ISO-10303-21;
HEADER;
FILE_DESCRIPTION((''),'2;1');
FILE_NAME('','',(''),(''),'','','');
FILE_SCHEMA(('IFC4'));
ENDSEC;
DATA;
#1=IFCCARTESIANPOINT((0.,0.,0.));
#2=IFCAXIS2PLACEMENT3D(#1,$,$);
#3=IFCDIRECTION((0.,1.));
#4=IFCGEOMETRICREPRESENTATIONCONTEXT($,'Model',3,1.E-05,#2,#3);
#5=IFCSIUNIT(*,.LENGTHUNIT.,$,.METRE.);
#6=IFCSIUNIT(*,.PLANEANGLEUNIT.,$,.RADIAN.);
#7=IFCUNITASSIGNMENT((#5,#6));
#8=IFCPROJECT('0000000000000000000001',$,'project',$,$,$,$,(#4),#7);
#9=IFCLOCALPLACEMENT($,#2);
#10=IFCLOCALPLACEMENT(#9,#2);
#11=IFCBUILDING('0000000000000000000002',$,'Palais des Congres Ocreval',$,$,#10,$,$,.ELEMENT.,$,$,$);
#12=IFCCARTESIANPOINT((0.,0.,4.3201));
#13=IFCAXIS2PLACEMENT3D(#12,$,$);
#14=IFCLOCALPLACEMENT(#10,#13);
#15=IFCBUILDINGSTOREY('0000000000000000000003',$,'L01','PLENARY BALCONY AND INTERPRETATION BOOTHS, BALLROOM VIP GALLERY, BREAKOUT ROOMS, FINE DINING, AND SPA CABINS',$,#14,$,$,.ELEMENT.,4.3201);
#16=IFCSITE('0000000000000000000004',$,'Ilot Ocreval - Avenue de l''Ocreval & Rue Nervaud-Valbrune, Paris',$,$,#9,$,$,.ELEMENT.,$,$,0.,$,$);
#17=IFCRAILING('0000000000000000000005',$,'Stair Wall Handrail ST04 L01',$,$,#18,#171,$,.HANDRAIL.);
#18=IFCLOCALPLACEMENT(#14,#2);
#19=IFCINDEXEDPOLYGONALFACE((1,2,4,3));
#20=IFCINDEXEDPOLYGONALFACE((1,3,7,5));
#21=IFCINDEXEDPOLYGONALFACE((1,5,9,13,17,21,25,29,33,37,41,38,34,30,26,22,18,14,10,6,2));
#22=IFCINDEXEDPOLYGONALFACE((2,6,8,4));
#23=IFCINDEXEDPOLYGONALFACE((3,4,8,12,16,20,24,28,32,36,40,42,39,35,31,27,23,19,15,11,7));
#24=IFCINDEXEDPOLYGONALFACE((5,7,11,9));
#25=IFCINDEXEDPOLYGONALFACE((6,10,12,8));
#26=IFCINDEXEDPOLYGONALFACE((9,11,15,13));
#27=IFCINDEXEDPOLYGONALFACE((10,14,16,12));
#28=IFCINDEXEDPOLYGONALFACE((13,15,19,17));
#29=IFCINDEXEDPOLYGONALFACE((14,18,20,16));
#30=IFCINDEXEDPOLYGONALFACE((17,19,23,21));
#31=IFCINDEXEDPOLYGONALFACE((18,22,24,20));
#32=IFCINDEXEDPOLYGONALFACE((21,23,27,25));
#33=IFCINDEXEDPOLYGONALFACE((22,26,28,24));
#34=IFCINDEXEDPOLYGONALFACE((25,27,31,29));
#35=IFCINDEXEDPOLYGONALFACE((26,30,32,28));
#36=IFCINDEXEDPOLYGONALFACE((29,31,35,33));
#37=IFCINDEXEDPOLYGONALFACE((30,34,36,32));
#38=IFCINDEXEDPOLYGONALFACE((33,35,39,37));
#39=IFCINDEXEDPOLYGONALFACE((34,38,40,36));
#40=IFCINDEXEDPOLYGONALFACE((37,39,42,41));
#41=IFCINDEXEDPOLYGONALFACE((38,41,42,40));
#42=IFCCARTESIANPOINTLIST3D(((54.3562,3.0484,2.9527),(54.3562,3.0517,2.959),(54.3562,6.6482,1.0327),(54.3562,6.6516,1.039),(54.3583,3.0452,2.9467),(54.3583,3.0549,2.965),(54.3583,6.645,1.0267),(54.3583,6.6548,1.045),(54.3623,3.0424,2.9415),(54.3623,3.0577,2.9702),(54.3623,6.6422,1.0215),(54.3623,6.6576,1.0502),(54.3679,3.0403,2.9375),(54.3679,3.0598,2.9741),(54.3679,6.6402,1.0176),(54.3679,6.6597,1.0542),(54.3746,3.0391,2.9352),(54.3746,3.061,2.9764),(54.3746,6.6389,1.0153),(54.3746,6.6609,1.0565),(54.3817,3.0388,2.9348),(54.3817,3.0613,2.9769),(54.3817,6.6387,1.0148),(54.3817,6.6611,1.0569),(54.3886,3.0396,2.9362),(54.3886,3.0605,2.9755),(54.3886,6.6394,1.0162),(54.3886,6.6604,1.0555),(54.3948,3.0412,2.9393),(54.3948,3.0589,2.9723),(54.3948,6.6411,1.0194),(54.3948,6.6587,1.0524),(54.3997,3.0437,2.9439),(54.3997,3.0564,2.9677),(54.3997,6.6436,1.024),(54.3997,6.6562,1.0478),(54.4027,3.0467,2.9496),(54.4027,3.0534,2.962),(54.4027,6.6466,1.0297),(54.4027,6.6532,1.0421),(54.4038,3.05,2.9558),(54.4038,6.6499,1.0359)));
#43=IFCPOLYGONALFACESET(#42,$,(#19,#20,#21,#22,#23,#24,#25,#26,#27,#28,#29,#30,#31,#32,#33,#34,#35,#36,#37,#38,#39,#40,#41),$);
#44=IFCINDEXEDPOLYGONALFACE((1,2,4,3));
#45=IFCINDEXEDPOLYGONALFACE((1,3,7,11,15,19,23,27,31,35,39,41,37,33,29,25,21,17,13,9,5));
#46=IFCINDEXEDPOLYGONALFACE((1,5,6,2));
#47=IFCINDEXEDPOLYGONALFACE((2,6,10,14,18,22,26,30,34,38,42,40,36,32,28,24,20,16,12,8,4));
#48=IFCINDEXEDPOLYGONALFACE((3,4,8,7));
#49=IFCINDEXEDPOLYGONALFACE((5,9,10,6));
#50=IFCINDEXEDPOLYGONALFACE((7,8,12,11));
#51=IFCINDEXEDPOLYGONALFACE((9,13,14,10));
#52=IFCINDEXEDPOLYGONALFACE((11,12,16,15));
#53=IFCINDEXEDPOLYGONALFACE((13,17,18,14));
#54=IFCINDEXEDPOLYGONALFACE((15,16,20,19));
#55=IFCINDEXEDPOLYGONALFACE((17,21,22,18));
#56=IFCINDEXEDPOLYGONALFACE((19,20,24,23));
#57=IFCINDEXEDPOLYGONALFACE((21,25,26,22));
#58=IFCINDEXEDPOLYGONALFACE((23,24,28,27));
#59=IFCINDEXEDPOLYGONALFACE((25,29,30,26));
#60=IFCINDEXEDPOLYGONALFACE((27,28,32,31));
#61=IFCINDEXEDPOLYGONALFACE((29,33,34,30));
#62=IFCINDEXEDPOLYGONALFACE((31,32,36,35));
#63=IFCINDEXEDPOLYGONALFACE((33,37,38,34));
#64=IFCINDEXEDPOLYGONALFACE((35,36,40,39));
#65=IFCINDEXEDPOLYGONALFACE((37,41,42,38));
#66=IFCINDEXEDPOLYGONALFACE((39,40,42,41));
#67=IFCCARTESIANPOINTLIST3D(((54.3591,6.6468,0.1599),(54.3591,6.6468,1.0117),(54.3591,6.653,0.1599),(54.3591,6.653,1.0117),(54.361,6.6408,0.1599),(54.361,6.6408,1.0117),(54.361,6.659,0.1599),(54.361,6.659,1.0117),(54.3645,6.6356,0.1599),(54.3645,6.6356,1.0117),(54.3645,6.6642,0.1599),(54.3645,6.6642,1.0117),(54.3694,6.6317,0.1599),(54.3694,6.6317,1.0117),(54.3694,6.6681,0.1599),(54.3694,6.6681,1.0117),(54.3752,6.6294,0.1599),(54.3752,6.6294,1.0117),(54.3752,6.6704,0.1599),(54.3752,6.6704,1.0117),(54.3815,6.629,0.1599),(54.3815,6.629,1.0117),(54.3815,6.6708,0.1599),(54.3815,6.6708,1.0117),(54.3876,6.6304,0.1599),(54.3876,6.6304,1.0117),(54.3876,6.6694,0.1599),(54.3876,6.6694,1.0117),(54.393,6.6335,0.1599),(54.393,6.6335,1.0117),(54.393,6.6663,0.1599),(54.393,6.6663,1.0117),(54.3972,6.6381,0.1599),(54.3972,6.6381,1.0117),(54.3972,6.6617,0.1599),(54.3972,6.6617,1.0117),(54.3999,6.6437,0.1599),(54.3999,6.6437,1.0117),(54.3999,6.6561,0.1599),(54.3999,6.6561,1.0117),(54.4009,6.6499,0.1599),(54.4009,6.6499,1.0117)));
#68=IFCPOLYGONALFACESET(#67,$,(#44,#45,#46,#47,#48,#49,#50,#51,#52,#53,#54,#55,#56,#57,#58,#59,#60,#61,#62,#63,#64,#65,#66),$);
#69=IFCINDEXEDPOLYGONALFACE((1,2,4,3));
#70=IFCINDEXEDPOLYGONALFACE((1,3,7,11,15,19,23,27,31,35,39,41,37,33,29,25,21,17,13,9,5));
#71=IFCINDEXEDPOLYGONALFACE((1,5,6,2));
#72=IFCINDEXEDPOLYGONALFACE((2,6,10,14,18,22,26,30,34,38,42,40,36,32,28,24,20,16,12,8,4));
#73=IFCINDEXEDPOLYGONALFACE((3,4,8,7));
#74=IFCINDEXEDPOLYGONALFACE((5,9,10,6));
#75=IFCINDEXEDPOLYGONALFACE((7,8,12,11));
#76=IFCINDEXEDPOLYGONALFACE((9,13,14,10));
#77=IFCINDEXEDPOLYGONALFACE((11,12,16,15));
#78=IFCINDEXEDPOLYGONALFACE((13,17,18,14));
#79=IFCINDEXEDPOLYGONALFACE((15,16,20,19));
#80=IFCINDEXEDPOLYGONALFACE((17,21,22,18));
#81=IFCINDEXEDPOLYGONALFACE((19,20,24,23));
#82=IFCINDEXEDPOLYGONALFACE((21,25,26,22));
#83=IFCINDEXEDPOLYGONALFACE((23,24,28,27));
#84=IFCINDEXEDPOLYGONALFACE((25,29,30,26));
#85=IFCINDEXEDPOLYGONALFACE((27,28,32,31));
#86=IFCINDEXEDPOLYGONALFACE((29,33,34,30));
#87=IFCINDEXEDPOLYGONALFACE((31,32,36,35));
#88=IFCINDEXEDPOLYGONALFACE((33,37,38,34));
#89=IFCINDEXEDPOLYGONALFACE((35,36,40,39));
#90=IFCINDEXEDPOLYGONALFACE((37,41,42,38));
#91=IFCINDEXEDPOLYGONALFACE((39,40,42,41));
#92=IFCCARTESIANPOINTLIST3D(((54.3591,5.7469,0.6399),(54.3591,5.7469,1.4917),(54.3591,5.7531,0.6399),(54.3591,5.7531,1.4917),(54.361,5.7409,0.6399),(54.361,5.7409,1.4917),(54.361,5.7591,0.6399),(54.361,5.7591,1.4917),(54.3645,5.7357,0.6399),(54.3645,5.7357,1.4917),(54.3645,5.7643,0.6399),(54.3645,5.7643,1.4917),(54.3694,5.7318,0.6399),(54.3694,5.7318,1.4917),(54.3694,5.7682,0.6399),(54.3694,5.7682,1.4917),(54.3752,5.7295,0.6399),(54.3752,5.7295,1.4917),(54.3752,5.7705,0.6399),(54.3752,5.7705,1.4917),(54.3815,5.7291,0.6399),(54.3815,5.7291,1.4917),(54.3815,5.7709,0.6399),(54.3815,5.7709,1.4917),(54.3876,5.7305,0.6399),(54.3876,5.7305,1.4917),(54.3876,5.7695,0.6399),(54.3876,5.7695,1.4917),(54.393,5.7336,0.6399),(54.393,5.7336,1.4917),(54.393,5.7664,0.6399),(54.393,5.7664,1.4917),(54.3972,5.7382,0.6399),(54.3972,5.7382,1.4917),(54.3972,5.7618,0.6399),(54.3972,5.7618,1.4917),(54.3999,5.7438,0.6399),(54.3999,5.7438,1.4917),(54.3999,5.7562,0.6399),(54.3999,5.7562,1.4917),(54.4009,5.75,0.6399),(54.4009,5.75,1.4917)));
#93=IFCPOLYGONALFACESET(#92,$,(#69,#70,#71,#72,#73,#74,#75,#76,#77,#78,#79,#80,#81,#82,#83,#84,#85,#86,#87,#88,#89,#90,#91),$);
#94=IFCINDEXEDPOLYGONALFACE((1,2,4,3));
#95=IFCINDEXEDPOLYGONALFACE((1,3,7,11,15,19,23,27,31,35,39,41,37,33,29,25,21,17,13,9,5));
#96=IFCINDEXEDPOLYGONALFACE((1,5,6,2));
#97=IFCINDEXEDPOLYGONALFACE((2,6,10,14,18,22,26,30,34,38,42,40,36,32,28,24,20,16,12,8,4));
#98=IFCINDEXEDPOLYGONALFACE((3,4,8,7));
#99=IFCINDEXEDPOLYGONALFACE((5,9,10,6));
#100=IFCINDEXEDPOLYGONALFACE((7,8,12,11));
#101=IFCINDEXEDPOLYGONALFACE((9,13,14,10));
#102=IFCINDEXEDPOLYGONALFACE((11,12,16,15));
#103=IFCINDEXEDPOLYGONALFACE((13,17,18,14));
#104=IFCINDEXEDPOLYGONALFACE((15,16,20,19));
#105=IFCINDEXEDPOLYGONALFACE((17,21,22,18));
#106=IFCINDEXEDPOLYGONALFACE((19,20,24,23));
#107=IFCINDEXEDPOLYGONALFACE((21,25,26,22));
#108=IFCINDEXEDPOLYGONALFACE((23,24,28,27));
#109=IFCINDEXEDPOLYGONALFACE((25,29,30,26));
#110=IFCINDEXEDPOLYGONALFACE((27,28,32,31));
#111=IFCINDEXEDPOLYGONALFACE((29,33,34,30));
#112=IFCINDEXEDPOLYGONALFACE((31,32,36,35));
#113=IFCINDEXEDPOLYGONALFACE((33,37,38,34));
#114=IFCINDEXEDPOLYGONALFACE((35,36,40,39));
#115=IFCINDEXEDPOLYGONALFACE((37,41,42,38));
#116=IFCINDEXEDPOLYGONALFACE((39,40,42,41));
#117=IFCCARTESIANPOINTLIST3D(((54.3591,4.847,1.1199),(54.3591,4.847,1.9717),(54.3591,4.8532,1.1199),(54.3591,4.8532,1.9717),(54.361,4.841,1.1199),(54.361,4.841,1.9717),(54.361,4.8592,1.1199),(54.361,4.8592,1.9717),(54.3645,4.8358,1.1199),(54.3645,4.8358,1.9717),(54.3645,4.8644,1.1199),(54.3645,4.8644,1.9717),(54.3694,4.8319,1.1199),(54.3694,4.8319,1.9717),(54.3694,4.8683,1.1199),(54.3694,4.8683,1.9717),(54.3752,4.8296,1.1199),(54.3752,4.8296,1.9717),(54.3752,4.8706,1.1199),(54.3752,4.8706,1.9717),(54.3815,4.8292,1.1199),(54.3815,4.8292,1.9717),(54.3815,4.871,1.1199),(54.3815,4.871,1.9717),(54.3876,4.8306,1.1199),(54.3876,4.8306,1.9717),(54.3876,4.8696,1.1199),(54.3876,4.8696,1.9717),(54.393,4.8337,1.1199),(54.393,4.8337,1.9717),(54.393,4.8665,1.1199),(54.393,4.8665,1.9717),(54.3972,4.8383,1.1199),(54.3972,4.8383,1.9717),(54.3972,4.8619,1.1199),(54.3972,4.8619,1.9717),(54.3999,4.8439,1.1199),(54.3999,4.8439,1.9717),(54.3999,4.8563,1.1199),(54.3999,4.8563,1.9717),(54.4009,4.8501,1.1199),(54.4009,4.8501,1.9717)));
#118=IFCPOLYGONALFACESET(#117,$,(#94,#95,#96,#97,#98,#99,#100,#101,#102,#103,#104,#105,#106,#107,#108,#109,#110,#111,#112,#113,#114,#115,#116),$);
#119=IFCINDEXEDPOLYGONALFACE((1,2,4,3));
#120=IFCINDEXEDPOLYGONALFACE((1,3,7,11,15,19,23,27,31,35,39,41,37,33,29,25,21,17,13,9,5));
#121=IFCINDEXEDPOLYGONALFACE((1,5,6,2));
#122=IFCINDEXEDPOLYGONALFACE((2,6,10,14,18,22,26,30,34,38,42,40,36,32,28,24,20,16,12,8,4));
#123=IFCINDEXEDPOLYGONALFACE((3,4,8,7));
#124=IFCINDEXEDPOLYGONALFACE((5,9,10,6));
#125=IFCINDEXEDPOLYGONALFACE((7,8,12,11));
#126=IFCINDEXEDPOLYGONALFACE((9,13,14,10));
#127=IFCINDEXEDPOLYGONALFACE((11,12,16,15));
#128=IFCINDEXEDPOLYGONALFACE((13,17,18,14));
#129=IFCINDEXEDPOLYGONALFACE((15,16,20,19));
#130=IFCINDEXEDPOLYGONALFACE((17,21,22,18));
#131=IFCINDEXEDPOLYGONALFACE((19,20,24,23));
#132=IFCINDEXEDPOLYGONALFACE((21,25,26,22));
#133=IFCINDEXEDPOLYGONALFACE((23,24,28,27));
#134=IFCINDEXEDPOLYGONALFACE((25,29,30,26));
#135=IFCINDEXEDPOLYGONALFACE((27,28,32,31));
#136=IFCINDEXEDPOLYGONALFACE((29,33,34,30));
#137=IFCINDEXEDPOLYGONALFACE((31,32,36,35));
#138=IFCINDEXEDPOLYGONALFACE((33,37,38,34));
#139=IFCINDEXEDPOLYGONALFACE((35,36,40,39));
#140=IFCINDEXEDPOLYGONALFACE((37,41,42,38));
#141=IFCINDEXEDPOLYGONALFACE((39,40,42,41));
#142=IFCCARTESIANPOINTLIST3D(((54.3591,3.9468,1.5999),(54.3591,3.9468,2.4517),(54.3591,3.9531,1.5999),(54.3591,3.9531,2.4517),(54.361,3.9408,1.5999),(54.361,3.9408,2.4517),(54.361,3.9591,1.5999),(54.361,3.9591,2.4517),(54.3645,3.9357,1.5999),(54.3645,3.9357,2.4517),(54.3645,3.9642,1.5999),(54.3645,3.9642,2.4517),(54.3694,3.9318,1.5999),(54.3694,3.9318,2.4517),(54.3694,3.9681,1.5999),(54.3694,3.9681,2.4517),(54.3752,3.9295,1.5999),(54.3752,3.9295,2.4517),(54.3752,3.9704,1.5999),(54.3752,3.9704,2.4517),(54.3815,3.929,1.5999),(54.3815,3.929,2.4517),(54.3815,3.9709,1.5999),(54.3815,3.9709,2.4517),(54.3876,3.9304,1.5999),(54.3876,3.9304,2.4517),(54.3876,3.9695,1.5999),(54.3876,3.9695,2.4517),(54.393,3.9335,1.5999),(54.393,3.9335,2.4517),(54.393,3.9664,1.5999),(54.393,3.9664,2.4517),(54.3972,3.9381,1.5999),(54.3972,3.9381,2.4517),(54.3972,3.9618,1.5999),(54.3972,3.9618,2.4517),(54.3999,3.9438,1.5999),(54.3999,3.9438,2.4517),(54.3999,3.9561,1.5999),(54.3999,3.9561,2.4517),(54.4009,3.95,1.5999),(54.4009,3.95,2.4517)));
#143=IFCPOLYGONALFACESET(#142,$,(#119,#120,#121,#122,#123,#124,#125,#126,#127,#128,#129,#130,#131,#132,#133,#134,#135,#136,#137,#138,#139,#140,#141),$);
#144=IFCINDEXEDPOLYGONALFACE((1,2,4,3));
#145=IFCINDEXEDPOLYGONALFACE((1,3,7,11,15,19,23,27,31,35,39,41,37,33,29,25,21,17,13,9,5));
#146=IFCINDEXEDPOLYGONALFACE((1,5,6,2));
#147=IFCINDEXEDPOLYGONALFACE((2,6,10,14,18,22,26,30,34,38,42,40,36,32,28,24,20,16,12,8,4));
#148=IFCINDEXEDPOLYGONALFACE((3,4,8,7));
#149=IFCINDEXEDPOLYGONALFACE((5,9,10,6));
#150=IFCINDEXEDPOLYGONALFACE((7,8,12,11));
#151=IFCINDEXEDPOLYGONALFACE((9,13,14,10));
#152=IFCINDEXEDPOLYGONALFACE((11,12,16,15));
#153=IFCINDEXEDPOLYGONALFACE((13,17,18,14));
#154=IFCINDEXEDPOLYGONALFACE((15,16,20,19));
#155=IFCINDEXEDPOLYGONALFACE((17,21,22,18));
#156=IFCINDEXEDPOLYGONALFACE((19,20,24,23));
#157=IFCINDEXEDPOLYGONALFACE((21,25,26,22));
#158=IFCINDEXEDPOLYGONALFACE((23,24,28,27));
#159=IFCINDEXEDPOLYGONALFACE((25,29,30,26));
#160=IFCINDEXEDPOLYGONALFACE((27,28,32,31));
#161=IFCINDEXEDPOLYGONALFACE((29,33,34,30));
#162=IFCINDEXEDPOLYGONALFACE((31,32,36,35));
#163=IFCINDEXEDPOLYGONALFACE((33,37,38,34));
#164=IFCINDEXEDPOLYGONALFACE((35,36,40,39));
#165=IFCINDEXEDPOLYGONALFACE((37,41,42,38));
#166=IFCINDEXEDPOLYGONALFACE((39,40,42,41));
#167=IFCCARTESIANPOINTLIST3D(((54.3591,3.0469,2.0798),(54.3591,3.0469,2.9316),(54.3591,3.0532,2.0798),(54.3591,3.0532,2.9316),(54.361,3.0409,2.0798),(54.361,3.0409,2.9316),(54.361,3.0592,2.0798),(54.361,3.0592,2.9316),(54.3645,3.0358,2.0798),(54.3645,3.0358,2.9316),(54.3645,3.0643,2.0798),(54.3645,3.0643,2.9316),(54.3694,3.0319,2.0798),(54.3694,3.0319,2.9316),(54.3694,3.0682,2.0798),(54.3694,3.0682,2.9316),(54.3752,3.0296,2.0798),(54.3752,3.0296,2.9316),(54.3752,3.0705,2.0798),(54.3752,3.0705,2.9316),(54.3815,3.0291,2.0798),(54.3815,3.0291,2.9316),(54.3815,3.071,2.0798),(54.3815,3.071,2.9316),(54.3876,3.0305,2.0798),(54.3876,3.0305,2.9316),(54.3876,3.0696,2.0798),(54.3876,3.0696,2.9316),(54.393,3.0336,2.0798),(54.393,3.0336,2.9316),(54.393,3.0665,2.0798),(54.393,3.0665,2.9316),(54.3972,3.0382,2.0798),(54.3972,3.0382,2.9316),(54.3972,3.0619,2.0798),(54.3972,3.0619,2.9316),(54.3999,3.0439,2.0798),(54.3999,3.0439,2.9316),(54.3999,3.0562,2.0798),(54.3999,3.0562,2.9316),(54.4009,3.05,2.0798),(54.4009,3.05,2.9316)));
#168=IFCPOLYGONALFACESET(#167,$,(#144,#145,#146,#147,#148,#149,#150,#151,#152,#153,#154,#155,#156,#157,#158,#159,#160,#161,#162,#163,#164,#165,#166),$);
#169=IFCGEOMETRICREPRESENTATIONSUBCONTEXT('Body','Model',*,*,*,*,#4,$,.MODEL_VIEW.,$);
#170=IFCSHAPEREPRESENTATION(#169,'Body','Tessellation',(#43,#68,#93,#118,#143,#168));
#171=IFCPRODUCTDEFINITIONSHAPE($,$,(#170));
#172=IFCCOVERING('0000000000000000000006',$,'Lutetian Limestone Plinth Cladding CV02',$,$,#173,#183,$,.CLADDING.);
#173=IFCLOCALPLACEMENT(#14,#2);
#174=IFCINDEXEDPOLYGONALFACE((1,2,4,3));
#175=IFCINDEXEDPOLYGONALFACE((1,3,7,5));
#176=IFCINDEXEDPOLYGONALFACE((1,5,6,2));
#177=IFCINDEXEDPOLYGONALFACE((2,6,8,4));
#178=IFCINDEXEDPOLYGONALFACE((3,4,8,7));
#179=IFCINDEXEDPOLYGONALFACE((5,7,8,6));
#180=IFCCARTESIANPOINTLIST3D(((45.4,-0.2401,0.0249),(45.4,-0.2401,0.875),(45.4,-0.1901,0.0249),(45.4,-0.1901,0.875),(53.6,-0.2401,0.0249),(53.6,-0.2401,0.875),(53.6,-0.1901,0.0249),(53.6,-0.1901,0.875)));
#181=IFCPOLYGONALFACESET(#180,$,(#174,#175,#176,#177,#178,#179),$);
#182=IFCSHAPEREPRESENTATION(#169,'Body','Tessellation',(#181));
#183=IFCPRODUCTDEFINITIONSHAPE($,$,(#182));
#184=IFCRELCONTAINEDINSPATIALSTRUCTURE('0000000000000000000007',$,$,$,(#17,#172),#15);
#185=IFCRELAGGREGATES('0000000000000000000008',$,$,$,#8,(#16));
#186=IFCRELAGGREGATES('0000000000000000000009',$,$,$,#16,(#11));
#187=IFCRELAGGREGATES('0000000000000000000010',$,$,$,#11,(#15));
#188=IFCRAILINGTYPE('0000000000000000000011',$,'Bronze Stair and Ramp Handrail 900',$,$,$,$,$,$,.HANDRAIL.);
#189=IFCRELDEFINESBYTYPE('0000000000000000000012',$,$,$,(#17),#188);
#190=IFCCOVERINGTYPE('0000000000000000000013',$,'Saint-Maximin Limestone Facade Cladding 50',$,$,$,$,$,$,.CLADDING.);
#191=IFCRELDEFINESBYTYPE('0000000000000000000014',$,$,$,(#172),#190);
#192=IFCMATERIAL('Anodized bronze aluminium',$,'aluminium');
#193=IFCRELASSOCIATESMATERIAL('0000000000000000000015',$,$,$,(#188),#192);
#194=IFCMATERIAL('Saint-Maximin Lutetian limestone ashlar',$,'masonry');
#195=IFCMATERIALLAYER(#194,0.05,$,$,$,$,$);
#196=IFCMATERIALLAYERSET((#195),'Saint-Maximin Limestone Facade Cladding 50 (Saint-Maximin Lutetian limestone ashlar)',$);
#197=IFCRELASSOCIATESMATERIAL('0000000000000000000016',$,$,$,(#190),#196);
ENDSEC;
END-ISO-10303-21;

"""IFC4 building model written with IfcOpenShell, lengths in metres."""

from ifc_helpers import new_model, si_unit, direction, frame, origin, origin_2d, place, context, subcontext, project, spatial, rectangle, circle, extrude, material, layer, layer_set, type_object, element, save


model = new_model("IFC4")

# Units and contexts
model_context = context("Model", 3, precision=1e-05, world=origin(), true_north=direction((0.0, 1.0)))
body_context = subcontext(model_context, "Body", "Model", "MODEL_VIEW")
ifc_project = project(units=[si_unit("LENGTHUNIT", "METRE"), si_unit("PLANEANGLEUNIT", "RADIAN")], contexts=[model_context])

# Site, building, storey
site_placement = place(None, origin())
site = spatial("IfcSite", under=ifc_project, at=site_placement, Name="Ilot Ocreval - Avenue de l'Ocreval & Rue Nervaud-Valbrune, Paris", CompositionType="ELEMENT", RefElevation=0.0)
building_placement = place(site_placement, origin())
building = spatial("IfcBuilding", under=site, at=building_placement, Name="Palais des Congres Ocreval", CompositionType="ELEMENT")
storey_placement = place(building_placement, frame((0.0, 0.0, 4.3201)))
storey = spatial("IfcBuildingStorey", under=building, at=storey_placement, Name="L01", Description="PLENARY BALCONY AND INTERPRETATION BOOTHS, BALLROOM VIP GALLERY, BREAKOUT ROOMS, FINE DINING, AND SPA CABINS", CompositionType="ELEMENT", Elevation=4.3201)

# Railing
ifc_material_1 = material(Name="Anodized bronze aluminium", Category="aluminium")
railing_type_1 = type_object("IfcRailingType", Name="Bronze Stair and Ramp Handrail 900", PredefinedType="HANDRAIL", material=ifc_material_1)
railing_1_placement = place(storey_placement, frame((54.3799, 6.6499, 0.1599)))
element("IfcRailing", 1, at=railing_1_placement, inside=storey, type_object=railing_type_1, Name="Stair Wall Handrail ST04 L01", PredefinedType="HANDRAIL", context=body_context, shape_type="SweptSolid", body=[
    extrude(circle(Radius=0.0239, at=origin_2d()), frame((0.0, 0.0, 0.876), z_axis=(0.0, -0.882353, 0.470588), x_axis=(1.0, 0.0, 0.0)), (0.0, 0.0, 1.0), 4.0798),
    extrude(circle(Radius=0.021, at=origin_2d()), origin(), (0.0, 0.0, 1.0), 0.8518),
    extrude(circle(Radius=0.021, at=origin_2d()), frame((0.0, -0.8999, 0.48)), (0.0, 0.0, 1.0), 0.8518),
    extrude(circle(Radius=0.021, at=origin_2d()), frame((0.0, -1.7998, 0.96)), (0.0, 0.0, 1.0), 0.8518),
    extrude(circle(Radius=0.021, at=origin_2d()), frame((0.0, -2.7, 1.4399)), (0.0, 0.0, 1.0), 0.8518),
    extrude(circle(Radius=0.021, at=origin_2d()), frame((0.0, -3.5999, 1.9199)), (0.0, 0.0, 1.0), 0.8518),
])

# Covering
ifc_material_2 = material(Name="Saint-Maximin Lutetian limestone ashlar", Category="masonry")
ifc_layer_1 = layer(ifc_material_2, 0.05)
ifc_layer_set_1 = layer_set([ifc_layer_1], Name="Saint-Maximin Limestone Facade Cladding 50 (Saint-Maximin Lutetian limestone ashlar)")
covering_type = type_object("IfcCoveringType", Name="Saint-Maximin Limestone Facade Cladding 50", PredefinedType="CLADDING", material=ifc_layer_set_1)
covering_placement = place(storey_placement, frame((49.5, -0.2151, 0.0249), z_axis=(0.0, 0.0, 1.0), x_axis=(-1.0, 0.0, 0.0)))
element("IfcCovering", 2, at=covering_placement, inside=storey, type_object=covering_type, Name="Lutetian Limestone Plinth Cladding CV02", PredefinedType="CLADDING", context=body_context, shape_type="SweptSolid", body=[
    extrude(rectangle(XDim=8.2, YDim=0.05, at=origin_2d()), origin(), (0.0, 0.0, 1.0), 0.8501),
])

save(model, "model.ifc")
